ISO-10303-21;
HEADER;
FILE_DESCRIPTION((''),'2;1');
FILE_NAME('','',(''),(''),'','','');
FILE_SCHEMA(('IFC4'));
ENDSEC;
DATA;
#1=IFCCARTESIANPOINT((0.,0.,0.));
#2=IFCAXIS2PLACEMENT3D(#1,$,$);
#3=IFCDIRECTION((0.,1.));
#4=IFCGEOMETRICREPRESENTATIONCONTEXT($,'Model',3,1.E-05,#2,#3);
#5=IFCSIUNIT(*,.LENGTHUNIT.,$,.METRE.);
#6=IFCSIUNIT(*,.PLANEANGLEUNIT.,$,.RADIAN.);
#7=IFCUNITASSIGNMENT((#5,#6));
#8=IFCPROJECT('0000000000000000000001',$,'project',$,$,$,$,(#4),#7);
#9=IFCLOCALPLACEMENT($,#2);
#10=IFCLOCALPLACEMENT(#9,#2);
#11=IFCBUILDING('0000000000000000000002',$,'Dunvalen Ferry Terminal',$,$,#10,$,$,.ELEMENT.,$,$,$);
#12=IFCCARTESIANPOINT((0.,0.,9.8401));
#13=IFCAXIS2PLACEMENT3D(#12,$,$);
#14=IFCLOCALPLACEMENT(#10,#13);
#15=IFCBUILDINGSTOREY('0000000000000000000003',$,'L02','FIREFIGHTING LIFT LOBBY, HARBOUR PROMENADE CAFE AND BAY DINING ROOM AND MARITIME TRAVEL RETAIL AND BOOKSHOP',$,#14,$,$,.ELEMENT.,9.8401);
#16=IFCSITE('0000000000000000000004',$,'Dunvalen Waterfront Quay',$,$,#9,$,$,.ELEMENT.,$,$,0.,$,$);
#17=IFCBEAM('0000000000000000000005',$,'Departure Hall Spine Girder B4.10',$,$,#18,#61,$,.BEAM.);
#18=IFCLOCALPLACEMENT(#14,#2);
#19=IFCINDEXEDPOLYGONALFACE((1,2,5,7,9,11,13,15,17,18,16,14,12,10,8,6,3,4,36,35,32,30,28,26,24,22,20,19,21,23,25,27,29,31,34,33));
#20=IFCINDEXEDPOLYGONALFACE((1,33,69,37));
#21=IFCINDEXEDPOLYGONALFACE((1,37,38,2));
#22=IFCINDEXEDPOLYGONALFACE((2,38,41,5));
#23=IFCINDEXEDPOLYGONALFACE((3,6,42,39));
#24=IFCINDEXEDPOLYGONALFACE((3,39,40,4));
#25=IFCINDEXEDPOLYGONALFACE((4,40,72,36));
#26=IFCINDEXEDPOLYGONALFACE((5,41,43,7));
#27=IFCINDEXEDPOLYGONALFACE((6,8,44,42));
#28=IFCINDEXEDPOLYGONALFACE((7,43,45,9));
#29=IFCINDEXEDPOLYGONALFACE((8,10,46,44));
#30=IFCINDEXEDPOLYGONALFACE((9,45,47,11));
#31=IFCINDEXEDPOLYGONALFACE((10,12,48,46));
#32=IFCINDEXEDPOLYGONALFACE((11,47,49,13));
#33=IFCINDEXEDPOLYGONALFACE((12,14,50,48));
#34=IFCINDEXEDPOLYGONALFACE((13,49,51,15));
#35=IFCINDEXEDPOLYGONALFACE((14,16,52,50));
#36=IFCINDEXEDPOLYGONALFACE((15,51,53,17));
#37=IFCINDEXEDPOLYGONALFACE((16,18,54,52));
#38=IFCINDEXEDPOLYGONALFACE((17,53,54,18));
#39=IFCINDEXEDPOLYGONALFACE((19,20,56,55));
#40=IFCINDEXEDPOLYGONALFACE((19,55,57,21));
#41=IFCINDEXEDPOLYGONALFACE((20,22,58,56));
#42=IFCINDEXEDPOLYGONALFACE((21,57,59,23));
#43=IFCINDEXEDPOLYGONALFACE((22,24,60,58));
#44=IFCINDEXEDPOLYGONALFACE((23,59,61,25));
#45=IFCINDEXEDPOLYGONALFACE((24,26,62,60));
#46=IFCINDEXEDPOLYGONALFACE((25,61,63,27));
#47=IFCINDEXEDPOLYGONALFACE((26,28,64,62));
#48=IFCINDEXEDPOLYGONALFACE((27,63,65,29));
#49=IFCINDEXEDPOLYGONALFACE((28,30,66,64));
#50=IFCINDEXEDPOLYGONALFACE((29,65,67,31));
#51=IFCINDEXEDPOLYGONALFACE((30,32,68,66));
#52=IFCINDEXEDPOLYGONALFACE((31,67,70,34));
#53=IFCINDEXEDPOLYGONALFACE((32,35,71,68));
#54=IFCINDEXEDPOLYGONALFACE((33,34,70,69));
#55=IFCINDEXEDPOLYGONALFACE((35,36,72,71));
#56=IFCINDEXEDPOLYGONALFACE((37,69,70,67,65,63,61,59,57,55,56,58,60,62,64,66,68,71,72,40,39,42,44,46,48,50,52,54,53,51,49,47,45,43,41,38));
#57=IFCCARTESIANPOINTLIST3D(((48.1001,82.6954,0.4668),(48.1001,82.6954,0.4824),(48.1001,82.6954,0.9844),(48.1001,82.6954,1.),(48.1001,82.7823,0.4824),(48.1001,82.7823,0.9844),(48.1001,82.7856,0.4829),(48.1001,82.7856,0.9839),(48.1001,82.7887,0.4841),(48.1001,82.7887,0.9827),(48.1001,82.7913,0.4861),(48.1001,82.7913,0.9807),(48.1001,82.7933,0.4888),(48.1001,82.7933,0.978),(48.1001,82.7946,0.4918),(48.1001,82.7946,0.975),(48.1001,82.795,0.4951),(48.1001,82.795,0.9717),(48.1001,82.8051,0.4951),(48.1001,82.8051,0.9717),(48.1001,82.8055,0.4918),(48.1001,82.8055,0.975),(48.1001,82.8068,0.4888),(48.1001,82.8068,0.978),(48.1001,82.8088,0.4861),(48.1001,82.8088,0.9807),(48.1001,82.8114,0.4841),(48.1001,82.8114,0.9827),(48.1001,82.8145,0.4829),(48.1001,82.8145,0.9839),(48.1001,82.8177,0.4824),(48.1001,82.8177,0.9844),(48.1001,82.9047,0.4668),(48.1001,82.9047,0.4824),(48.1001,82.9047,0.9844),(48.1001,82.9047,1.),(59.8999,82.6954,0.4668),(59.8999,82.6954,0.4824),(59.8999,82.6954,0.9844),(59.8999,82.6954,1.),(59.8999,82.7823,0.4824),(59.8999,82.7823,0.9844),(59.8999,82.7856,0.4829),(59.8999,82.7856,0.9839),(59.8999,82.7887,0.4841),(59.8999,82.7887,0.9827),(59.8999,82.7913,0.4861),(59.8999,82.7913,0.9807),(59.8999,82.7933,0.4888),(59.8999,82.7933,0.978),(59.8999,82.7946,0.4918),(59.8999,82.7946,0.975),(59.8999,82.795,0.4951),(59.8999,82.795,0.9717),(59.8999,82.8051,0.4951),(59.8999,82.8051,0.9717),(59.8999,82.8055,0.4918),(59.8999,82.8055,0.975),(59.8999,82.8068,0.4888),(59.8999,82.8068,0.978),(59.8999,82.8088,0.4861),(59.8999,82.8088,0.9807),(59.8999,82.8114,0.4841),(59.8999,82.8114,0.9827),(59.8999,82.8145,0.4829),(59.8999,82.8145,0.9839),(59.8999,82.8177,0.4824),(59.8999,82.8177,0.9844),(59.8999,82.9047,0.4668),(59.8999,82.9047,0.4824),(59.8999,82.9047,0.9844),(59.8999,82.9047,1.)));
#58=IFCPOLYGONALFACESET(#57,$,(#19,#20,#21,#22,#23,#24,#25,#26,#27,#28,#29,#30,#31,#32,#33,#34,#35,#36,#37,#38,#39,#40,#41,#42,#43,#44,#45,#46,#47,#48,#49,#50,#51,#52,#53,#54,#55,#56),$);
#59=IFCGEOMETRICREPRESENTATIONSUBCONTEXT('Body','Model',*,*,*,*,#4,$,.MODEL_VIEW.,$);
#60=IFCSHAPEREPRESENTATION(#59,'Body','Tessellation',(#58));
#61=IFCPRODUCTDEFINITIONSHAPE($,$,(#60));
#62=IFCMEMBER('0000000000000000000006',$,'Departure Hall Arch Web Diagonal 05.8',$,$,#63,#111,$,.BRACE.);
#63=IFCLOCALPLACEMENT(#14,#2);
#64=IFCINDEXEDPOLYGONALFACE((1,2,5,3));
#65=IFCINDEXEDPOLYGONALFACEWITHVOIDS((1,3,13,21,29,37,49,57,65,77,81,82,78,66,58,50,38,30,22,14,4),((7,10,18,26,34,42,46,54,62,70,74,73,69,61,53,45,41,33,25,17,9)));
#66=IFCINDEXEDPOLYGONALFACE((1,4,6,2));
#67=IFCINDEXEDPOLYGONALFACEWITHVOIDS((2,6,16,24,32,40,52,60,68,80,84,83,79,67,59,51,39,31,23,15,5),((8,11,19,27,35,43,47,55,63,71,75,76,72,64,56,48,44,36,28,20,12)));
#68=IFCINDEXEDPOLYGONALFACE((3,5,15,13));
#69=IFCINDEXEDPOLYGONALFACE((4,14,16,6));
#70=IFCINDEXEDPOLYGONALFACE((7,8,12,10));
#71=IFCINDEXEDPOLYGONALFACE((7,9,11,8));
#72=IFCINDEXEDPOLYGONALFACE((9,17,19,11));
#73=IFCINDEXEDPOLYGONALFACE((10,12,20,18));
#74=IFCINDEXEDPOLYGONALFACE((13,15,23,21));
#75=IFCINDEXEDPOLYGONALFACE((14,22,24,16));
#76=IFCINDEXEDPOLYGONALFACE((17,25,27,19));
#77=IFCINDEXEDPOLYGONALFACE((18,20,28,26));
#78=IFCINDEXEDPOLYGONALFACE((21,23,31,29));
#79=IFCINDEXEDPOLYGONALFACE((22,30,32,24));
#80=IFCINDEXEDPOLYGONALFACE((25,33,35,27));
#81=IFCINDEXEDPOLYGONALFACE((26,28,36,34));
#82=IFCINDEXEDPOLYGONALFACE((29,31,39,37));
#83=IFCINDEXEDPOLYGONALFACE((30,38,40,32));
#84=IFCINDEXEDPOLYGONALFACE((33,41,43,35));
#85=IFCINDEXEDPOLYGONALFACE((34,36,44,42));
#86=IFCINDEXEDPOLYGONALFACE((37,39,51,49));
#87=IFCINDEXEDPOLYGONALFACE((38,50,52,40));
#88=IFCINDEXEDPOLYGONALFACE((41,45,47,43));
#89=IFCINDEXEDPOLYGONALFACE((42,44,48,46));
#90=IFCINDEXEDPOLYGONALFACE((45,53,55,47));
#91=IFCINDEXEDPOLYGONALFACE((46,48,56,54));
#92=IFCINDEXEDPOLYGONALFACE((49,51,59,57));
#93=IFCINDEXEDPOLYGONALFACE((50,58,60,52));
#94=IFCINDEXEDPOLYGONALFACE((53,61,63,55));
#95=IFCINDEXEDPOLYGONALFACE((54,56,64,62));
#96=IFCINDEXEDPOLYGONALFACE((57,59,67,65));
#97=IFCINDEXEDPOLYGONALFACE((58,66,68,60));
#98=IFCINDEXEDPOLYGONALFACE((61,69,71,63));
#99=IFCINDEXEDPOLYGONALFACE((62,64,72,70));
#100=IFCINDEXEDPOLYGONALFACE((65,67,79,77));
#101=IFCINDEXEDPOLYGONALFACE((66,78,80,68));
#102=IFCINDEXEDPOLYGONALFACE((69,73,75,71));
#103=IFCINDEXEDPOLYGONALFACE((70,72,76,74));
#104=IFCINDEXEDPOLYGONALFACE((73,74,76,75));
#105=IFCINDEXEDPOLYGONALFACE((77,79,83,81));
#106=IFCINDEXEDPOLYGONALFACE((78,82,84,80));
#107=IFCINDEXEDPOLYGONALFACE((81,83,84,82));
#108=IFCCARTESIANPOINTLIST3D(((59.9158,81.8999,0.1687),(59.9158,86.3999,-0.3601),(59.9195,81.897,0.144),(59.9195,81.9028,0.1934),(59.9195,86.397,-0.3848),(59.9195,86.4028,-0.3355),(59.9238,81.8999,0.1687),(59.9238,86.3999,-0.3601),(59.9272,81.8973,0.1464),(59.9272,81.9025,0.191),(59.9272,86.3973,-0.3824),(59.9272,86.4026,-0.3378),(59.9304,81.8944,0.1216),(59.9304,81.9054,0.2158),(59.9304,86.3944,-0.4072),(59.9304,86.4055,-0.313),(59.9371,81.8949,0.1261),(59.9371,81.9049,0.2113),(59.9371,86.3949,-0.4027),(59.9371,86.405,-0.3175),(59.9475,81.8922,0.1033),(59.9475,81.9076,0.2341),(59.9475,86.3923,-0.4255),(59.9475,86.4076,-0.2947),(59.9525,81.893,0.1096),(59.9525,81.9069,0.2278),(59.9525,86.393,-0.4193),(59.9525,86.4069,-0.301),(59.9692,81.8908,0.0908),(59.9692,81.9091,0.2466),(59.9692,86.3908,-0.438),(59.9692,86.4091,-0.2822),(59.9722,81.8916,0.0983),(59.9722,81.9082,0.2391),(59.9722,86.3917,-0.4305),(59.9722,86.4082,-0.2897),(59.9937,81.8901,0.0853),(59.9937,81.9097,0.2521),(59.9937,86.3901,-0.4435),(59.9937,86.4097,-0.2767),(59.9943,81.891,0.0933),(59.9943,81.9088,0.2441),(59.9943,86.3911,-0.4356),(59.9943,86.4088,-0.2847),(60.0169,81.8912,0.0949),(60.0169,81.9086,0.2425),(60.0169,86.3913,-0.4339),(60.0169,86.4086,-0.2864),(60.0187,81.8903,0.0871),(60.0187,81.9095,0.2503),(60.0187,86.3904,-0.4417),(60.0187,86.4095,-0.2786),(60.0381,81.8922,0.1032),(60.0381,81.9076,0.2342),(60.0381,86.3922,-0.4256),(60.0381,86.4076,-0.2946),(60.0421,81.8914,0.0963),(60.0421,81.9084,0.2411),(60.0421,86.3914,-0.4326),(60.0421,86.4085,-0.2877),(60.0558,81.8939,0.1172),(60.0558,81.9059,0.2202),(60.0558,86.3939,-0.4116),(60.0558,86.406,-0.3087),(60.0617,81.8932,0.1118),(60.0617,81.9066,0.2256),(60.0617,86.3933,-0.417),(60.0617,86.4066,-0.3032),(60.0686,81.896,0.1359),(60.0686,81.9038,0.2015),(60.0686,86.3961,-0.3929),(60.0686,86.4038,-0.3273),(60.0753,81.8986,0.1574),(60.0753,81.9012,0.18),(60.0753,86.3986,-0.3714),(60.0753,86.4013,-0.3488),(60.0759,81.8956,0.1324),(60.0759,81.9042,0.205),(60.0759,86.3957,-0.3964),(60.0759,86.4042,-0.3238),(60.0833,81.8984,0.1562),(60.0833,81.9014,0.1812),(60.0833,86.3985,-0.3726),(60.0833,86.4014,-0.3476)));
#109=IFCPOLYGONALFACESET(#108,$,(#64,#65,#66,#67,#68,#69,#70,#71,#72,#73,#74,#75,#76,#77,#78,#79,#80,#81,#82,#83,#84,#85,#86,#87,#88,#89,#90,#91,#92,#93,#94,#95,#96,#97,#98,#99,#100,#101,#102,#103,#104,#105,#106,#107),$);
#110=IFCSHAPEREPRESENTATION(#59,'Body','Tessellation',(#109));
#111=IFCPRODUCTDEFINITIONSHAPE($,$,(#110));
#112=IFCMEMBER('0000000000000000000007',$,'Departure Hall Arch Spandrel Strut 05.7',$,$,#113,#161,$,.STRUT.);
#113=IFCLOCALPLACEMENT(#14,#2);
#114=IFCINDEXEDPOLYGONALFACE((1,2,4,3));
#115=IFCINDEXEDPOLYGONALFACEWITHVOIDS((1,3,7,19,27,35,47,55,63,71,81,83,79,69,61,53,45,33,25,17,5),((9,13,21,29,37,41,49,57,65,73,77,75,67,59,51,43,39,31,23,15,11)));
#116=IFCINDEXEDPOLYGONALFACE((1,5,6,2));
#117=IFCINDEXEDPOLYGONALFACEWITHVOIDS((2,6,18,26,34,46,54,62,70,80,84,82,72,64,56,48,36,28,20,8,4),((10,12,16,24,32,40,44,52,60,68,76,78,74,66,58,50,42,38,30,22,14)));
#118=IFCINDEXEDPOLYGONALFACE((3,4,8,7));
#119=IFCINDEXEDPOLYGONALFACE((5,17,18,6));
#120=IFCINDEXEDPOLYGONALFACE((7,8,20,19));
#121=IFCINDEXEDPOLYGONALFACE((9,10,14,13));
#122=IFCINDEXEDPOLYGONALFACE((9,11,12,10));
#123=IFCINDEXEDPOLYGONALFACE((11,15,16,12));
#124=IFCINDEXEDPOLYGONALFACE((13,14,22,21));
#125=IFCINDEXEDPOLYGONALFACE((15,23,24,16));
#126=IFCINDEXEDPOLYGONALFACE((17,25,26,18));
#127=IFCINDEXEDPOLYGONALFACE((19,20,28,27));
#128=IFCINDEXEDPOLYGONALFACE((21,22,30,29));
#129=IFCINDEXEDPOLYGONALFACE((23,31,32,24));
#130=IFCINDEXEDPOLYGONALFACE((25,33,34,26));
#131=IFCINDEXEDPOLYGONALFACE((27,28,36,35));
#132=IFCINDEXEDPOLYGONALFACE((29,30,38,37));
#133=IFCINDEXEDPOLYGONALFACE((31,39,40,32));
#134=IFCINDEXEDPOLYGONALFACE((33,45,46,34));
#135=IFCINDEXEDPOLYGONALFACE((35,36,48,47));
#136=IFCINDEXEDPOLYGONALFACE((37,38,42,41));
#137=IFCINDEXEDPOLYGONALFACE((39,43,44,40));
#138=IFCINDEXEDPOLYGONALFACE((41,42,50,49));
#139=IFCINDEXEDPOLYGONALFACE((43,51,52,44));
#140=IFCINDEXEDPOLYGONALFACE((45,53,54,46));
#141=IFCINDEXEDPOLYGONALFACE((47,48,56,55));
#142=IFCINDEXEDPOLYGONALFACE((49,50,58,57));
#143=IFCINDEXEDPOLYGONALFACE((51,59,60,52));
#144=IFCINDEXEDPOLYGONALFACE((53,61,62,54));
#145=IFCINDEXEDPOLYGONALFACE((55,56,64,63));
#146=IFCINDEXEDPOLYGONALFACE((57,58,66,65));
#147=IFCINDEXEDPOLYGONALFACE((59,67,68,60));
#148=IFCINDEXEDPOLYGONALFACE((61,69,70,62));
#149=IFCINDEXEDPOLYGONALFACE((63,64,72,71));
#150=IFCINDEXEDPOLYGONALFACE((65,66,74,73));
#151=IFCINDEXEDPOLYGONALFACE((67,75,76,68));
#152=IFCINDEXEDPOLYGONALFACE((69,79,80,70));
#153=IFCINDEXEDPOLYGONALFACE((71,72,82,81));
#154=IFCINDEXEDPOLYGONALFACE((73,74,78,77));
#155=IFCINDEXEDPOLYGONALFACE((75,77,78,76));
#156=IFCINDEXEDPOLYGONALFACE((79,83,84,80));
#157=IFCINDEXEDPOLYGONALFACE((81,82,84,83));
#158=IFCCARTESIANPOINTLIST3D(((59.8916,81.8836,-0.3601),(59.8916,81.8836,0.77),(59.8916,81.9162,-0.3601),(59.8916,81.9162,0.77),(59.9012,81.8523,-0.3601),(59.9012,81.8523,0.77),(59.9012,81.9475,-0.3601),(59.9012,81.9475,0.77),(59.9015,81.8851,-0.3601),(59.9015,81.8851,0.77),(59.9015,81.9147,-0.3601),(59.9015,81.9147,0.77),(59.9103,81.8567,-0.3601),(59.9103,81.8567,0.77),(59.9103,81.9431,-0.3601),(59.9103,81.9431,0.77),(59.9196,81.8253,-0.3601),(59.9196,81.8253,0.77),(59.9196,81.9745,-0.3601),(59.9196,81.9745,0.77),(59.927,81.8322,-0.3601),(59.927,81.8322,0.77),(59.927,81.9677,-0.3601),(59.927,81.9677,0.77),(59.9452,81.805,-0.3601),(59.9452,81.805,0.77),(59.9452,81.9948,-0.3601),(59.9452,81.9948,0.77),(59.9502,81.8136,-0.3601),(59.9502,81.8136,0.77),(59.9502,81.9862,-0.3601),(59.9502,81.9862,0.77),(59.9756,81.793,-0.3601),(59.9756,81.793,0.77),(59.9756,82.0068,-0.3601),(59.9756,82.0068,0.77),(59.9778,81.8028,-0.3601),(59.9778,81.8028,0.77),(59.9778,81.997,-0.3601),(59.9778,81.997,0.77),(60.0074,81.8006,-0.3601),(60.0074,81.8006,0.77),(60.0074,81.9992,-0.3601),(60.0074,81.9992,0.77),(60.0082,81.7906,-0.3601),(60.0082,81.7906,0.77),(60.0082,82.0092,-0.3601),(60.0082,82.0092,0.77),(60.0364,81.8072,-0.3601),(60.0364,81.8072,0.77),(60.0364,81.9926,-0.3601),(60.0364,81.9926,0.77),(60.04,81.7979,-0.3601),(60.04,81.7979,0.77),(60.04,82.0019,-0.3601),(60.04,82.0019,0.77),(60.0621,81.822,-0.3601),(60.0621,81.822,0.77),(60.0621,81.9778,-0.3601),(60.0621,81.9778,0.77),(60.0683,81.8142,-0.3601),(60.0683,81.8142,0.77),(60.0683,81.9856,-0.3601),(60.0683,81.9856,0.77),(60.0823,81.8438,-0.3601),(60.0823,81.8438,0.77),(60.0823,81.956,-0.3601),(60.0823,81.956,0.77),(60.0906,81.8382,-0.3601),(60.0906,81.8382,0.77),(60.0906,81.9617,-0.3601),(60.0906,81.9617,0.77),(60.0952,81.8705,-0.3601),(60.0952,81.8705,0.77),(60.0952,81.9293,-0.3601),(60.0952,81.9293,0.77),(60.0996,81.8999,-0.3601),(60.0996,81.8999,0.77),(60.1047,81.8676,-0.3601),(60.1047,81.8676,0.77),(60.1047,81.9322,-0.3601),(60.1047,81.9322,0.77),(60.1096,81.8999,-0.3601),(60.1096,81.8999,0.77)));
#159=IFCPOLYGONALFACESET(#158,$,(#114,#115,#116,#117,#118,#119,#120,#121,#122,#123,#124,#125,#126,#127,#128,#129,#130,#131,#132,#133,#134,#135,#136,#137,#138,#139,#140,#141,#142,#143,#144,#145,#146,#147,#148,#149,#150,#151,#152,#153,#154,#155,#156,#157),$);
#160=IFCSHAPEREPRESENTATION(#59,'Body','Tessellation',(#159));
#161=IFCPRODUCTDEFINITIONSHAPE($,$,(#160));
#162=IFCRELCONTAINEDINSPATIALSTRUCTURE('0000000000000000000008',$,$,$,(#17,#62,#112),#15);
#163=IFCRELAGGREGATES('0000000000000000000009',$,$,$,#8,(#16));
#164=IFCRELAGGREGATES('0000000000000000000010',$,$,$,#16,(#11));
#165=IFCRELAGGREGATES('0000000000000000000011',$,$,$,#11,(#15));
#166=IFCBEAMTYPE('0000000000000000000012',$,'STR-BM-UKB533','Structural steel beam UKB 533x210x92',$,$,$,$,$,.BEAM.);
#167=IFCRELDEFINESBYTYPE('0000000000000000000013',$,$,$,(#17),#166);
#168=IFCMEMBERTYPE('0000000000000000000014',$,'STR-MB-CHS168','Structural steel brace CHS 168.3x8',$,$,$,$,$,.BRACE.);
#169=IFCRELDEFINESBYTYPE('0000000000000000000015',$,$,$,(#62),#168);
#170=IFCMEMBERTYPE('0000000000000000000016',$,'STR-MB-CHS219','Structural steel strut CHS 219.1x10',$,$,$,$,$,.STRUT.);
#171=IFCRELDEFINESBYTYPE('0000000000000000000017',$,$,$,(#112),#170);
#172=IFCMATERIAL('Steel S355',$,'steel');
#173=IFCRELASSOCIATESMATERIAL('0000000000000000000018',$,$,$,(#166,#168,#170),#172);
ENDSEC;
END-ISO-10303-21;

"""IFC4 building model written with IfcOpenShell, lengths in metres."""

from ifc_helpers import new_model, si_unit, direction, frame, origin, origin_2d, place, context, subcontext, project, spatial, hollow_circle, i_section, extrude, material, material_profile, profile_set, type_object, element, save


model = new_model("IFC4")

# Units and contexts
model_context = context("Model", 3, precision=1e-05, world=origin(), true_north=direction((0.0, 1.0)))
body_context = subcontext(model_context, "Body", "Model", "MODEL_VIEW")
ifc_project = project(units=[si_unit("LENGTHUNIT", "METRE"), si_unit("PLANEANGLEUNIT", "RADIAN")], contexts=[model_context])

# Site, building, storey
site_placement = place(None, origin())
site = spatial("IfcSite", under=ifc_project, at=site_placement, Name="Dunvalen Waterfront Quay", CompositionType="ELEMENT", RefElevation=0.0)
building_placement = place(site_placement, origin())
building = spatial("IfcBuilding", under=site, at=building_placement, Name="Dunvalen Ferry Terminal", CompositionType="ELEMENT")
storey_placement = place(building_placement, frame((0.0, 0.0, 9.8401)))
storey = spatial("IfcBuildingStorey", under=building, at=storey_placement, Name="L02", Description="FIREFIGHTING LIFT LOBBY, HARBOUR PROMENADE CAFE AND BAY DINING ROOM AND MARITIME TRAVEL RETAIL AND BOOKSHOP", CompositionType="ELEMENT", Elevation=9.8401)

# Beam
ifc_material_1 = material(Name="Steel S355", Category="steel")
ifc_material_profile_1 = material_profile(ifc_material_1, i_section(OverallWidth=0.2092, OverallDepth=0.5332, WebThickness=0.01, FlangeThickness=0.0156, FilletRadius=0.0127, at=origin_2d()), Name="Steel S355")
ifc_profile_set_1 = profile_set([ifc_material_profile_1], Name="Steel S355")
beam_type_1 = type_object("IfcBeamType", Name="STR-BM-UKB533", Description="Structural steel beam UKB 533x210x92", PredefinedType="BEAM", material=ifc_profile_set_1)
beam_1_placement = place(storey_placement, frame((48.1001, 82.8, 0.7334), z_axis=(1.0, 0.0, 0.0), x_axis=(0.0, 1.0, 0.0)))
element("IfcBeam", 1, at=beam_1_placement, inside=storey, type_object=beam_type_1, Name="Departure Hall Spine Girder B4.10", PredefinedType="BEAM", context=body_context, shape_type="SweptSolid", body=[
    extrude(i_section(OverallWidth=0.2092, OverallDepth=0.5332, WebThickness=0.01, FlangeThickness=0.0156, FilletRadius=0.0127, at=origin_2d()), origin(), (0.0, 0.0, 1.0), 11.7998),
])

# Members
ifc_material_profile_2 = material_profile(ifc_material_1, hollow_circle(Radius=0.0842, WallThickness=0.0081, at=origin_2d()), Name="Steel S355")
ifc_profile_set_2 = profile_set([ifc_material_profile_2], Name="Steel S355")
member_type_1 = type_object("IfcMemberType", Name="STR-MB-CHS168", Description="Structural steel brace CHS 168.3x8", PredefinedType="BRACE", material=ifc_profile_set_2)
member_1_placement = place(storey_placement, frame((60.0, 81.8999, 0.1687), z_axis=(0.0, 0.993166, -0.11671), x_axis=(-1.0, 0.0, 0.0)))
element("IfcMember", 2, at=member_1_placement, inside=storey, type_object=member_type_1, Name="Departure Hall Arch Web Diagonal 05.8", PredefinedType="BRACE", context=body_context, shape_type="SweptSolid", body=[
    extrude(hollow_circle(Radius=0.0842, WallThickness=0.0081, at=origin_2d()), origin(), (0.0, 0.0, 1.0), 4.531),
])
ifc_material_profile_3 = material_profile(ifc_material_1, hollow_circle(Radius=0.1096, WallThickness=0.01, at=origin_2d()), Name="Steel S355")
ifc_profile_set_3 = profile_set([ifc_material_profile_3], Name="Steel S355")
member_type_2 = type_object("IfcMemberType", Name="STR-MB-CHS219", Description="Structural steel strut CHS 219.1x10", PredefinedType="STRUT", material=ifc_profile_set_3)
member_2_placement = place(storey_placement, frame((60.0, 81.8999, -0.3601), z_axis=(0.0, 0.0, 1.0), x_axis=(1.0, 0.0, 0.0)))
element("IfcMember", 3, at=member_2_placement, inside=storey, type_object=member_type_2, Name="Departure Hall Arch Spandrel Strut 05.7", PredefinedType="STRUT", context=body_context, shape_type="SweptSolid", body=[
    extrude(hollow_circle(Radius=0.1096, WallThickness=0.01, at=origin_2d()), origin(), (0.0, 0.0, 1.0), 1.1301),
])

save(model, "model.ifc")
